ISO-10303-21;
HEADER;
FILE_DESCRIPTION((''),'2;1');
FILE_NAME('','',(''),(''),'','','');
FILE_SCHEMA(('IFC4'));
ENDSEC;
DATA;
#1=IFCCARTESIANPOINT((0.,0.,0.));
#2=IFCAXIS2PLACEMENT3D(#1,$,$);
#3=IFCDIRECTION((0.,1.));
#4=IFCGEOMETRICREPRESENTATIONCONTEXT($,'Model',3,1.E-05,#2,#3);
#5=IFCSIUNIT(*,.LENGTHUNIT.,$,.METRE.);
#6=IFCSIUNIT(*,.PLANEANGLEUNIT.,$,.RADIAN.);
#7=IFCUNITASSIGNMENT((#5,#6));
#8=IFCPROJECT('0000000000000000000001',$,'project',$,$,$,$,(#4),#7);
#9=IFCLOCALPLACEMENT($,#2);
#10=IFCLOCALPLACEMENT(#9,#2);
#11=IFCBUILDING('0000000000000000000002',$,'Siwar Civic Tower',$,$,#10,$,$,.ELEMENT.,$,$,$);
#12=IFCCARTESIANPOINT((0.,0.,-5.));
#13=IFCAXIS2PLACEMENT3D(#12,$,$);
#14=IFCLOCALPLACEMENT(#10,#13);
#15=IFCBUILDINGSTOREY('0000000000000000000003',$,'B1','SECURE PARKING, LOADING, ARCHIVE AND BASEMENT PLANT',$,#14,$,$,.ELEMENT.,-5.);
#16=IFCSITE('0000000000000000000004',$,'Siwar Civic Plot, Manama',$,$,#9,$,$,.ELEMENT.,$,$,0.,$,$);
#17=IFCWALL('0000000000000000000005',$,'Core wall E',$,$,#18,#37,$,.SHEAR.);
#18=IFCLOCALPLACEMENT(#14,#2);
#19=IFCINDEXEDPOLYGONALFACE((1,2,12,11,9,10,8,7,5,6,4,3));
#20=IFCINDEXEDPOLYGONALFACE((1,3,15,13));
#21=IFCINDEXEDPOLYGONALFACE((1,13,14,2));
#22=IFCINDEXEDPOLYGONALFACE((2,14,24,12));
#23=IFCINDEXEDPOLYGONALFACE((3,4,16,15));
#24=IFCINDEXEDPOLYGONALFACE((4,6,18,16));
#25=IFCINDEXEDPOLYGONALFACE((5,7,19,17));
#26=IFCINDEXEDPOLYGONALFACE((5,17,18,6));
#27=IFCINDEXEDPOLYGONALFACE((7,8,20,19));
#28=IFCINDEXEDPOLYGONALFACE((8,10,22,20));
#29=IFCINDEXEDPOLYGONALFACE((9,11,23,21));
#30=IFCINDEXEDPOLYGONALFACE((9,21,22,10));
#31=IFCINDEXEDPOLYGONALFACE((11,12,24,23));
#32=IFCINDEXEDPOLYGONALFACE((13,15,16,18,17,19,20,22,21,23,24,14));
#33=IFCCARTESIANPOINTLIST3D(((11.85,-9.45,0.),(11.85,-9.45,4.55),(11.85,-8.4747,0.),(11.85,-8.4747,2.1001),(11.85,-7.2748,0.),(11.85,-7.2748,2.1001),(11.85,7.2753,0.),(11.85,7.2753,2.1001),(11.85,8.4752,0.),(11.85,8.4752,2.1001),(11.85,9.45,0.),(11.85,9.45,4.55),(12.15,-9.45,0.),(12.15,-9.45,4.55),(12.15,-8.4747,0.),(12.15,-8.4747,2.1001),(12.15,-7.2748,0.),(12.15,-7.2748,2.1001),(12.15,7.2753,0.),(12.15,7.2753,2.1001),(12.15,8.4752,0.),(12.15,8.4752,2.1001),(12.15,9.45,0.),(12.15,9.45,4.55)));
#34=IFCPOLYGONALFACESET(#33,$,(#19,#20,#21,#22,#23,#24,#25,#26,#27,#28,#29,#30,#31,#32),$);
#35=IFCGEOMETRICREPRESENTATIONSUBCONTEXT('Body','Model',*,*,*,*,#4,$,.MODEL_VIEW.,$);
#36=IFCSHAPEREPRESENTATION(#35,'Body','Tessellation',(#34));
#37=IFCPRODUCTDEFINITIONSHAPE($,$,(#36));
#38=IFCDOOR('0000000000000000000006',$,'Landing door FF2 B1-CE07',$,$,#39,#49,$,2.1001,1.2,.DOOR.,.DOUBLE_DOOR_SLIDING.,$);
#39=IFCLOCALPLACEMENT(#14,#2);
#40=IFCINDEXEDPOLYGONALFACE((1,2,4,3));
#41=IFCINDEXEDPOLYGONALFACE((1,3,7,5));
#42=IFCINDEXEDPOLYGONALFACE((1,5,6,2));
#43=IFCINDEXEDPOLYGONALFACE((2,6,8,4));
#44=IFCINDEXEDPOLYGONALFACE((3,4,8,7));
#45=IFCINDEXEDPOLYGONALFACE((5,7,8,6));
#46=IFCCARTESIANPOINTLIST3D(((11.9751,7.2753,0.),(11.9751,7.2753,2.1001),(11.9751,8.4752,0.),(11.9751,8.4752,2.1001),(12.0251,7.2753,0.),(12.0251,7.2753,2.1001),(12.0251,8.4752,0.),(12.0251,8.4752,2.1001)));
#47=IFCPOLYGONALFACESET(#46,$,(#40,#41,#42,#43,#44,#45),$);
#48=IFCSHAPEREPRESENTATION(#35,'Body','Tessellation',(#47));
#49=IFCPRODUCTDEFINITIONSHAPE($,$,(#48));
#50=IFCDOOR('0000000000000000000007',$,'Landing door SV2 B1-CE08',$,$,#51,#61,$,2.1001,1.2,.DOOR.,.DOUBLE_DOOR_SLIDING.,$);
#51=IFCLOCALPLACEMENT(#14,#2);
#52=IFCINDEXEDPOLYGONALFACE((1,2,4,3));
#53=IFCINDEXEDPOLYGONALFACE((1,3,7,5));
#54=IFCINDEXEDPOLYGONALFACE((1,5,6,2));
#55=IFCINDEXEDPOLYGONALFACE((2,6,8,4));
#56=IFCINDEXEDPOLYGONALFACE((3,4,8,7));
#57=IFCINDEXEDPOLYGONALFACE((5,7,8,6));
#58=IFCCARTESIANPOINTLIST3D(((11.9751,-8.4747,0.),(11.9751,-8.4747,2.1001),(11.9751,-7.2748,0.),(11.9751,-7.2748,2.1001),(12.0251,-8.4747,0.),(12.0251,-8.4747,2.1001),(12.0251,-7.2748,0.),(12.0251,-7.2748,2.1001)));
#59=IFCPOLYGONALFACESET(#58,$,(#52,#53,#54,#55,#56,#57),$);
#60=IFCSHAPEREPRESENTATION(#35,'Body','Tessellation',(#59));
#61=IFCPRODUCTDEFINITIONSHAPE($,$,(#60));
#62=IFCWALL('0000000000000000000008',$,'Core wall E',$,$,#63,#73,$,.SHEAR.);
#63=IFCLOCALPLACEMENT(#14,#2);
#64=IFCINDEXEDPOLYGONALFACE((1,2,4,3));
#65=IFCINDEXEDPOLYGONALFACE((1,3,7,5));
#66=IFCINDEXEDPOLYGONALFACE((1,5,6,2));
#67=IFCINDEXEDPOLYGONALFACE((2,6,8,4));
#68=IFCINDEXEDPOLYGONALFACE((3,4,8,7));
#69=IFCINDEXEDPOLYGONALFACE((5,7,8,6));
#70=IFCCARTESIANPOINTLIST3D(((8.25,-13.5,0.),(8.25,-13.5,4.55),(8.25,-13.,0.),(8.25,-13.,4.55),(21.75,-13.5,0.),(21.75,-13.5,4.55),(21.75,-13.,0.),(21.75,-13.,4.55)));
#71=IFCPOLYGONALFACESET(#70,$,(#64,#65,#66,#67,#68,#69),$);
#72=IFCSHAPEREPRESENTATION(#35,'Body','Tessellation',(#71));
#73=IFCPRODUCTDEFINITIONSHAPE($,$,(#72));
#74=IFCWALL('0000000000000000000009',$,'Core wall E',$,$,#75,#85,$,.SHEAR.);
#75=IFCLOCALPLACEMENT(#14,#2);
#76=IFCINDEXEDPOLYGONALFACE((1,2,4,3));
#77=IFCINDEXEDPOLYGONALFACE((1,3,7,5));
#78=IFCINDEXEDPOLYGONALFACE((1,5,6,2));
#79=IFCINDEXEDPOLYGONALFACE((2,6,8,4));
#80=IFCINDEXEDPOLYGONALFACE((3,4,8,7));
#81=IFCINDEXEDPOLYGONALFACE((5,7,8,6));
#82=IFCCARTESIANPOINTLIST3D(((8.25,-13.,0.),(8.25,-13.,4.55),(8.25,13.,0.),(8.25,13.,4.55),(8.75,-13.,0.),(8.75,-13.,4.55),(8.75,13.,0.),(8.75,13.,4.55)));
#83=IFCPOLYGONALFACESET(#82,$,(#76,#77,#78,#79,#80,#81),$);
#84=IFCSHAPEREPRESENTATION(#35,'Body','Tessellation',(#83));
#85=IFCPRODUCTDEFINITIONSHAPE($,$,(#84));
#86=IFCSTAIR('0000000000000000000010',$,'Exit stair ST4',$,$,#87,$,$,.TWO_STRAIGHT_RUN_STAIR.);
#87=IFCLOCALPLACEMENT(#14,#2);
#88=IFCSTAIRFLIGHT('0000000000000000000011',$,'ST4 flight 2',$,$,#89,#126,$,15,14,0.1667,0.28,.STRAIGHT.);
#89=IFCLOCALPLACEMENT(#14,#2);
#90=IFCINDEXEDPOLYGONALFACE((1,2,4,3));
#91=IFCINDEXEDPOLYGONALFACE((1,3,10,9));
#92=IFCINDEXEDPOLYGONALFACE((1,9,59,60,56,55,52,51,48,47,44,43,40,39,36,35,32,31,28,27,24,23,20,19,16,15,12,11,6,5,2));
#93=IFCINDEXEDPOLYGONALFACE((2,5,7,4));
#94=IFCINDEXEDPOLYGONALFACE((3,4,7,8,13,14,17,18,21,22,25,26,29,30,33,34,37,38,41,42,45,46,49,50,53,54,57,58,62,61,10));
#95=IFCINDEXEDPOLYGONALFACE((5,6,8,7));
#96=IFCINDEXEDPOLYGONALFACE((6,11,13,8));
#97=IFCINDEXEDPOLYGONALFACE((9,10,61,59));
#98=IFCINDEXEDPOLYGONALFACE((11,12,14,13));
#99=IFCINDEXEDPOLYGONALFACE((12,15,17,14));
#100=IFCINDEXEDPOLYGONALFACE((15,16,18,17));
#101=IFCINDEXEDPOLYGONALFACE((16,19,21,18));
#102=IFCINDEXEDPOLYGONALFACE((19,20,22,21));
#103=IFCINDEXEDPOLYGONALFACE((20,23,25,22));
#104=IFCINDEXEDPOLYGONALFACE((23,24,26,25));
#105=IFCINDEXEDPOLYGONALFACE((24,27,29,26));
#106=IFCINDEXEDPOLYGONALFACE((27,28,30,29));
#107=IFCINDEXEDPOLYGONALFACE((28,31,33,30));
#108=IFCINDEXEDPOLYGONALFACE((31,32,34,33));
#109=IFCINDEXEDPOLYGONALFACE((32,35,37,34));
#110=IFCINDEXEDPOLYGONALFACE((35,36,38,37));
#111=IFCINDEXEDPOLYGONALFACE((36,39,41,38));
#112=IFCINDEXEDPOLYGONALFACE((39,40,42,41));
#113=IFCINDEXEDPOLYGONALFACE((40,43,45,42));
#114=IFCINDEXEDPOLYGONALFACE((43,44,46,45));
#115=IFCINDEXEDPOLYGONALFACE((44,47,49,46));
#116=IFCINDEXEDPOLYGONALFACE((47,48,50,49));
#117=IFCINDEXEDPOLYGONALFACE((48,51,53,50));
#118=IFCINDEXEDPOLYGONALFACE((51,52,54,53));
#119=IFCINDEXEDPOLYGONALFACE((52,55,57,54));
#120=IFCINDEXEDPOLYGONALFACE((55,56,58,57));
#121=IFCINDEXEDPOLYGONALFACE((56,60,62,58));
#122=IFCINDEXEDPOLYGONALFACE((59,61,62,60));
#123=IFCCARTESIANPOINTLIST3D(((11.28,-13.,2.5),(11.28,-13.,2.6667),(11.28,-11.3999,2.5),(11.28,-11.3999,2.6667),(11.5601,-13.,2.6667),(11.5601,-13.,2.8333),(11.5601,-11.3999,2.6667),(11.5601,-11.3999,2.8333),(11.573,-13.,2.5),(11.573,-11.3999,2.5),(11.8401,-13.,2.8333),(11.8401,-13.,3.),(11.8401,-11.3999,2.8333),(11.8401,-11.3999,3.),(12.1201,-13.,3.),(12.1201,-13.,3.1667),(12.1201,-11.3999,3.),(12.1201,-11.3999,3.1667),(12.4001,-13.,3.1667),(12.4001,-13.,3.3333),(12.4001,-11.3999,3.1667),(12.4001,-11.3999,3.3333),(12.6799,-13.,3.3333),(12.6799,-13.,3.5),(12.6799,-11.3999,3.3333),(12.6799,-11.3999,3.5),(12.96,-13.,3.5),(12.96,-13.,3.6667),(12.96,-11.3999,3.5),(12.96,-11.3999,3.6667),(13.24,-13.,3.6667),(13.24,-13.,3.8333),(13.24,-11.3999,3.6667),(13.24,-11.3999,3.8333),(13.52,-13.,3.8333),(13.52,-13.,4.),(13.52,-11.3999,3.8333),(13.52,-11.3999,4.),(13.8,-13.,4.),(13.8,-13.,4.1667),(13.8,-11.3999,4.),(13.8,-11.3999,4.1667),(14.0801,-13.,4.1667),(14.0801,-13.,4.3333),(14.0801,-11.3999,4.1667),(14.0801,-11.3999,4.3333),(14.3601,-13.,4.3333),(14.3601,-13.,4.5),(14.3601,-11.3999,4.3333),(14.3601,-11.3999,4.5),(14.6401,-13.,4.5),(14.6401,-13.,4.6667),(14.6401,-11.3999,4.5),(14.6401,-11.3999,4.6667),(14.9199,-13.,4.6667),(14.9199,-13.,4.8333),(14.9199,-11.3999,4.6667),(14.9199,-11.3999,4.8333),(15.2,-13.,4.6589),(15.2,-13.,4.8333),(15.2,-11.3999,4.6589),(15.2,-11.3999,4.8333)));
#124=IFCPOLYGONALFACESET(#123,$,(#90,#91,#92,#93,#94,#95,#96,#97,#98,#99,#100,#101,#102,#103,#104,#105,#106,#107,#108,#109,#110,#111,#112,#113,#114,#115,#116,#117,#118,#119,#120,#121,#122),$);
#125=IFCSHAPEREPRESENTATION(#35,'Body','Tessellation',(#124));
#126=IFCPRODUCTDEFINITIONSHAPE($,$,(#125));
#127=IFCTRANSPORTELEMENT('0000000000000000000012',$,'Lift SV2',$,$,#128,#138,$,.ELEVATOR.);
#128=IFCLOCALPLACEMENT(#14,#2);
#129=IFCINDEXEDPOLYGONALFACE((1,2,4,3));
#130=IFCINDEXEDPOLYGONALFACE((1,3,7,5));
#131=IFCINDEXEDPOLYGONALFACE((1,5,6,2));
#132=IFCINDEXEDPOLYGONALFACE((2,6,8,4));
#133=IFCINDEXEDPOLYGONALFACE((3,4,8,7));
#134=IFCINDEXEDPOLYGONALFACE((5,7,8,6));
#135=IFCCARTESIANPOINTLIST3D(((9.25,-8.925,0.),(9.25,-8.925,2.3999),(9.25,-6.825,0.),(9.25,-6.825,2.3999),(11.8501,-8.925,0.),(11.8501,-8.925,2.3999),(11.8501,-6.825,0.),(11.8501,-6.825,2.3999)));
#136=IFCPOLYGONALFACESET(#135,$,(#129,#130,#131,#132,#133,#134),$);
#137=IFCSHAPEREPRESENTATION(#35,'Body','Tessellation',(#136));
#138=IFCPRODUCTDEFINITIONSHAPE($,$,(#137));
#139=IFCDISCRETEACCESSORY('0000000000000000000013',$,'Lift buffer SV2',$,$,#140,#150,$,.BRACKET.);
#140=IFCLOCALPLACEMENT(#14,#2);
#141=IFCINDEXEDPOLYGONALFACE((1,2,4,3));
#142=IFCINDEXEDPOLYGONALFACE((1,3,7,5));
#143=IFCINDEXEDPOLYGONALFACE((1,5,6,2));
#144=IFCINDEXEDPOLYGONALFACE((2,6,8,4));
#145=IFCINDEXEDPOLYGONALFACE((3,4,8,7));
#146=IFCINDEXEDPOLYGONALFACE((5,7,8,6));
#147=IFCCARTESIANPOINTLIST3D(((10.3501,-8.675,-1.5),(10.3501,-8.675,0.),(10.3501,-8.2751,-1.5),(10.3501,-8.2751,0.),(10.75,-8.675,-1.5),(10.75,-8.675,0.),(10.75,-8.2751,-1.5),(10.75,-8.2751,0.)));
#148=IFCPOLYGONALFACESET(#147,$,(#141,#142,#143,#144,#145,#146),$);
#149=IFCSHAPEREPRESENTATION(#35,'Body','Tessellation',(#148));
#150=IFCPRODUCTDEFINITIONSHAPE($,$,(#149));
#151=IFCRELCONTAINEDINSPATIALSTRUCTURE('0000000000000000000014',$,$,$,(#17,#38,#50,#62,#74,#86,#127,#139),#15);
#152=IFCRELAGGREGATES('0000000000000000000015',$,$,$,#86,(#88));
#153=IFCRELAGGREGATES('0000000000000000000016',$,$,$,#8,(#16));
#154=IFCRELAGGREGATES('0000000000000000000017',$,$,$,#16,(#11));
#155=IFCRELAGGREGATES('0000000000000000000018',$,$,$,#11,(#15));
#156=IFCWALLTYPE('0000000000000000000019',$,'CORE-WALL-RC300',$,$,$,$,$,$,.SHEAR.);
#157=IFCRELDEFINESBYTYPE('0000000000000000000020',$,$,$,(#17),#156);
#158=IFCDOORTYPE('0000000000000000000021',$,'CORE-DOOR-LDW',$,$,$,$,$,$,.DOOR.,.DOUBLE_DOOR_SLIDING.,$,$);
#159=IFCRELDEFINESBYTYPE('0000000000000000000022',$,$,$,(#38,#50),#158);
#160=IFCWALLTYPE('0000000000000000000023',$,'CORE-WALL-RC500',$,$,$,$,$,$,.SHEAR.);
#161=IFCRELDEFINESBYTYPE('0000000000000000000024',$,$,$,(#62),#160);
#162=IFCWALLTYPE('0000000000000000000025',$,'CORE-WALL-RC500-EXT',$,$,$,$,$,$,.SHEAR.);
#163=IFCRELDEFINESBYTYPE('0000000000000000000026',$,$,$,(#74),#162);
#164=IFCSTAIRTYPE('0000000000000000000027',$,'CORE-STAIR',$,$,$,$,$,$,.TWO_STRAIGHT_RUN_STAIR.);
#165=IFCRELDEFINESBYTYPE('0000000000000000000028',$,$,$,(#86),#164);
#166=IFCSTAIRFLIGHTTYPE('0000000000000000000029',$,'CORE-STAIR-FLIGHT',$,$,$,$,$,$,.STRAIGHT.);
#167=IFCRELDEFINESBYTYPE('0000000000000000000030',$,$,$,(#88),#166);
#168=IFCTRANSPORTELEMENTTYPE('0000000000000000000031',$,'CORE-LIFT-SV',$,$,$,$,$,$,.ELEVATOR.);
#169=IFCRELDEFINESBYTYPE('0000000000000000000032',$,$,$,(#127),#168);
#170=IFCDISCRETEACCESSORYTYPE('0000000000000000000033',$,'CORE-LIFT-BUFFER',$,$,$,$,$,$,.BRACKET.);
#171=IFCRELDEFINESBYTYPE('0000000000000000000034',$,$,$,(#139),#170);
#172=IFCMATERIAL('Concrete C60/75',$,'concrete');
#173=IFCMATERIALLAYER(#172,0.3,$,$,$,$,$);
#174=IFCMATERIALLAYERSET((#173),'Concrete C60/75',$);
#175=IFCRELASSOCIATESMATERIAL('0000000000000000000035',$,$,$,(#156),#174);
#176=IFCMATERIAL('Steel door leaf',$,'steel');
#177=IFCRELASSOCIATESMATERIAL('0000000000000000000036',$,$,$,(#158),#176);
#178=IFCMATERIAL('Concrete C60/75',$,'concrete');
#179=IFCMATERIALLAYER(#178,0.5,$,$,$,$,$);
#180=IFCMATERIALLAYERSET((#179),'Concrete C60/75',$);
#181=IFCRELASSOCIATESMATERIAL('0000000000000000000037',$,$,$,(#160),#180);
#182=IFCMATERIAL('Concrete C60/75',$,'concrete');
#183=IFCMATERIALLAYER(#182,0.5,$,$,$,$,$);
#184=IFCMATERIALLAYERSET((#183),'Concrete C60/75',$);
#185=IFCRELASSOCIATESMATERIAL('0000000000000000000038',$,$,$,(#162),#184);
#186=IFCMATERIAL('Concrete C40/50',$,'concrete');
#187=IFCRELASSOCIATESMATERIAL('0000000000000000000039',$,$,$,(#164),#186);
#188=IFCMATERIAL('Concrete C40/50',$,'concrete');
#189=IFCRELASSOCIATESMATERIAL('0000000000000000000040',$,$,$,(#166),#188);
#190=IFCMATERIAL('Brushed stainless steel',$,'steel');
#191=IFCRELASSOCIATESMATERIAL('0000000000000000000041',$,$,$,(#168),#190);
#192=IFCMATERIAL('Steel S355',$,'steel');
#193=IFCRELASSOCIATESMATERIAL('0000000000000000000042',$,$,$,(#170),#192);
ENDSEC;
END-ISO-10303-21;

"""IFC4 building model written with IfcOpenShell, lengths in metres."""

from ifc_helpers import new_model, si_unit, direction, frame, frame_2d, origin, origin_2d, place, context, subcontext, project, spatial, polyline, rectangle, outline, extrude, material, layer, layer_set, type_object, element, fill, aggregate, save


model = new_model("IFC4")

# Units and contexts
model_context = context("Model", 3, precision=1e-05, world=origin(), true_north=direction((0.0, 1.0)))
body_context = subcontext(model_context, "Body", "Model", "MODEL_VIEW")
ifc_project = project(units=[si_unit("LENGTHUNIT", "METRE"), si_unit("PLANEANGLEUNIT", "RADIAN")], contexts=[model_context])

# Site, building, storey
site_placement = place(None, origin())
site = spatial("IfcSite", under=ifc_project, at=site_placement, Name="Siwar Civic Plot, Manama", CompositionType="ELEMENT", RefElevation=0.0)
building_placement = place(site_placement, origin())
building = spatial("IfcBuilding", under=site, at=building_placement, Name="Siwar Civic Tower", CompositionType="ELEMENT")
storey_placement = place(building_placement, frame((0.0, 0.0, -5.0)))
storey = spatial("IfcBuildingStorey", under=building, at=storey_placement, Name="B1", Description="SECURE PARKING, LOADING, ARCHIVE AND BASEMENT PLANT", CompositionType="ELEMENT", Elevation=-5.0)

# Wall, openings, doors
ifc_material_1 = material(Name="Concrete C60/75", Category="concrete")
ifc_layer_1 = layer(ifc_material_1, 0.3)
ifc_layer_set_1 = layer_set([ifc_layer_1], Name="Concrete C60/75")
wall_type_1 = type_object("IfcWallType", Name="CORE-WALL-RC300", PredefinedType="SHEAR", material=ifc_layer_set_1)
wall_1_placement = place(storey_placement, frame((12.0, -9.45, 0.0), z_axis=(0.0, 0.0, 1.0), x_axis=(0.0, 1.0, 0.0)))
wall_1 = element("IfcWall", 1, at=wall_1_placement, inside=storey, type_object=wall_type_1, Name="Core wall E", PredefinedType="SHEAR", context=body_context, shape_type="SweptSolid", body=[
    extrude(rectangle(XDim=18.8999, YDim=0.3, at=frame_2d((9.45, 0.0))), origin(), (0.0, 0.0, 1.0), 4.55),
])
opening_1_placement = place(wall_1_placement, frame((16.7251, 0.0, 0.0)))
opening_1 = element("IfcOpeningElement", 2, at=opening_1_placement, cuts=wall_1, PredefinedType="OPENING", context=body_context, shape_type="SweptSolid", body=[
    extrude(rectangle(XDim=1.2, YDim=2.1001, at=frame_2d((0.6001, 1.05))), frame((0.0, 0.1602, 0.0), z_axis=(0.0, -1.0, 0.0), x_axis=(1.0, 0.0, 0.0)), (0.0, 0.0, 1.0), 0.3201),
])
opening_2_placement = place(wall_1_placement, frame((0.9751, 0.0, 0.0)))
opening_2 = element("IfcOpeningElement", 3, at=opening_2_placement, cuts=wall_1, PredefinedType="OPENING", context=body_context, shape_type="SweptSolid", body=[
    extrude(rectangle(XDim=1.2, YDim=2.1001, at=frame_2d((0.6001, 1.05))), frame((0.0, 0.1602, 0.0), z_axis=(0.0, -1.0, 0.0), x_axis=(1.0, 0.0, 0.0)), (0.0, 0.0, 1.0), 0.3201),
])
ifc_material_2 = material(Name="Steel door leaf", Category="steel")
door_type_1 = type_object("IfcDoorType", Name="CORE-DOOR-LDW", OperationType="DOUBLE_DOOR_SLIDING", PredefinedType="DOOR", material=ifc_material_2)
door_1_placement = place(opening_1_placement, origin())
door_1 = element("IfcDoor", 4, at=door_1_placement, inside=storey, type_object=door_type_1, Name="Landing door FF2 B1-CE07", OperationType="DOUBLE_DOOR_SLIDING", OverallHeight=2.1001, OverallWidth=1.2, PredefinedType="DOOR", context=body_context, shape_type="SweptSolid", body=[
    extrude(rectangle(XDim=1.2, YDim=2.1001, at=frame_2d((0.6001, 1.05))), frame((0.0, 0.0249, 0.0), z_axis=(0.0, -1.0, 0.0), x_axis=(1.0, 0.0, 0.0)), (0.0, 0.0, 1.0), 0.05),
])
fill(opening_1, door_1)
door_2_placement = place(opening_2_placement, origin())
door_2 = element("IfcDoor", 5, at=door_2_placement, inside=storey, type_object=door_type_1, Name="Landing door SV2 B1-CE08", OperationType="DOUBLE_DOOR_SLIDING", OverallHeight=2.1001, OverallWidth=1.2, PredefinedType="DOOR", context=body_context, shape_type="SweptSolid", body=[
    extrude(rectangle(XDim=1.2, YDim=2.1001, at=frame_2d((0.6001, 1.05))), frame((0.0, 0.0249, 0.0), z_axis=(0.0, -1.0, 0.0), x_axis=(1.0, 0.0, 0.0)), (0.0, 0.0, 1.0), 0.05),
])
fill(opening_2, door_2)

# Walls
ifc_material_3 = material(Name="Concrete C60/75", Category="concrete")
ifc_layer_2 = layer(ifc_material_3, 0.5)
ifc_layer_set_2 = layer_set([ifc_layer_2], Name="Concrete C60/75")
wall_type_2 = type_object("IfcWallType", Name="CORE-WALL-RC500", PredefinedType="SHEAR", material=ifc_layer_set_2)
wall_2_placement = place(storey_placement, frame((8.25, -13.25, 0.0), z_axis=(0.0, 0.0, 1.0), x_axis=(1.0, 0.0, 0.0)))
element("IfcWall", 6, at=wall_2_placement, inside=storey, type_object=wall_type_2, Name="Core wall E", PredefinedType="SHEAR", context=body_context, shape_type="SweptSolid", body=[
    extrude(rectangle(XDim=13.5, YDim=0.5, at=frame_2d((6.75, 0.0))), origin(), (0.0, 0.0, 1.0), 4.55),
])
ifc_material_4 = material(Name="Concrete C60/75", Category="concrete")
ifc_layer_3 = layer(ifc_material_4, 0.5)
ifc_layer_set_3 = layer_set([ifc_layer_3], Name="Concrete C60/75")
wall_type_3 = type_object("IfcWallType", Name="CORE-WALL-RC500-EXT", PredefinedType="SHEAR", material=ifc_layer_set_3)
wall_3_placement = place(storey_placement, frame((8.5, -13.0, 0.0), z_axis=(0.0, 0.0, 1.0), x_axis=(0.0, 1.0, 0.0)))
element("IfcWall", 7, at=wall_3_placement, inside=storey, type_object=wall_type_3, Name="Core wall E", PredefinedType="SHEAR", context=body_context, shape_type="SweptSolid", body=[
    extrude(rectangle(XDim=26.0, YDim=0.5, at=frame_2d((13.0, 0.0))), origin(), (0.0, 0.0, 1.0), 4.55),
])

# Stair, stair flight
ifc_material_5 = material(Name="Concrete C40/50", Category="concrete")
stair_type = type_object("IfcStairType", Name="CORE-STAIR", PredefinedType="TWO_STRAIGHT_RUN_STAIR", material=ifc_material_5)
stair_placement = place(storey_placement, origin())
stair = element("IfcStair", 8, at=stair_placement, inside=storey, type_object=stair_type, Name="Exit stair ST4", PredefinedType="TWO_STRAIGHT_RUN_STAIR")
ifc_material_6 = material(Name="Concrete C40/50", Category="concrete")
stair_flight_type = type_object("IfcStairFlightType", Name="CORE-STAIR-FLIGHT", PredefinedType="STRAIGHT", material=ifc_material_6)
stair_flight_placement = place(storey_placement, frame((11.28, -12.2, 2.5), z_axis=(0.0, 0.0, 1.0), x_axis=(1.0, 0.0, 0.0)))
stair_flight = element("IfcStairFlight", 9, at=stair_flight_placement, type_object=stair_flight_type, Name="ST4 flight 2", NumberOfRisers=15, NumberOfTreads=14, PredefinedType="STRAIGHT", RiserHeight=0.1667, TreadLength=0.28, context=body_context, shape_type="SweptSolid", body=[
    extrude(outline(polyline([(0.0, 0.0), (0.0, 0.1667), (0.28, 0.1667), (0.28, 0.3333), (0.5601, 0.3333), (0.5601, 0.5), (0.8401, 0.5), (0.8401, 0.6667), (1.1201, 0.6667), (1.1201, 0.8333), (1.3999, 0.8333), (1.3999, 1.0), (1.6799, 1.0), (1.6799, 1.1667), (1.96, 1.1667), (1.96, 1.3333), (2.24, 1.3333), (2.24, 1.5), (2.52, 1.5), (2.52, 1.6667), (2.8, 1.6667), (2.8, 1.8333), (3.0801, 1.8333), (3.0801, 2.0), (3.3601, 2.0), (3.3601, 2.1667), (3.6399, 2.1667), (3.6399, 2.3333), (3.9199, 2.3333), (3.9199, 2.5), (3.9199, 2.1589), (0.293, 0.0), (0.0, 0.0)])), frame((0.0, 0.8, 0.0), z_axis=(0.0, -1.0, 0.0), x_axis=(1.0, 0.0, 0.0)), (0.0, 0.0, 1.0), 1.6001),
])
aggregate(stair, [stair_flight])

# Transport element
ifc_material_7 = material(Name="Brushed stainless steel", Category="steel")
transport_element_type = type_object("IfcTransportElementType", Name="CORE-LIFT-SV", PredefinedType="ELEVATOR", material=ifc_material_7)
transport_element_placement = place(storey_placement, frame((10.55, -7.875, 0.0), z_axis=(0.0, 0.0, 1.0), x_axis=(1.0, 0.0, 0.0)))
element("IfcTransportElement", 10, at=transport_element_placement, inside=storey, type_object=transport_element_type, Name="Lift SV2", PredefinedType="ELEVATOR", context=body_context, shape_type="SweptSolid", body=[
    extrude(rectangle(XDim=2.6001, YDim=2.1001, at=origin_2d()), origin(), (0.0, 0.0, 1.0), 2.3999),
])

# Discrete accessory
ifc_material_8 = material(Name="Steel S355", Category="steel")
discrete_accessory_type = type_object("IfcDiscreteAccessoryType", Name="CORE-LIFT-BUFFER", PredefinedType="BRACKET", material=ifc_material_8)
discrete_accessory_placement = place(storey_placement, frame((10.55, -8.4751, -1.5), z_axis=(0.0, 0.0, 1.0), x_axis=(1.0, 0.0, 0.0)))
element("IfcDiscreteAccessory", 11, at=discrete_accessory_placement, inside=storey, type_object=discrete_accessory_type, Name="Lift buffer SV2", PredefinedType="BRACKET", context=body_context, shape_type="SweptSolid", body=[
    extrude(rectangle(XDim=0.3999, YDim=0.3999, at=origin_2d()), origin(), (0.0, 0.0, 1.0), 1.5),
])

save(model, "model.ifc")
